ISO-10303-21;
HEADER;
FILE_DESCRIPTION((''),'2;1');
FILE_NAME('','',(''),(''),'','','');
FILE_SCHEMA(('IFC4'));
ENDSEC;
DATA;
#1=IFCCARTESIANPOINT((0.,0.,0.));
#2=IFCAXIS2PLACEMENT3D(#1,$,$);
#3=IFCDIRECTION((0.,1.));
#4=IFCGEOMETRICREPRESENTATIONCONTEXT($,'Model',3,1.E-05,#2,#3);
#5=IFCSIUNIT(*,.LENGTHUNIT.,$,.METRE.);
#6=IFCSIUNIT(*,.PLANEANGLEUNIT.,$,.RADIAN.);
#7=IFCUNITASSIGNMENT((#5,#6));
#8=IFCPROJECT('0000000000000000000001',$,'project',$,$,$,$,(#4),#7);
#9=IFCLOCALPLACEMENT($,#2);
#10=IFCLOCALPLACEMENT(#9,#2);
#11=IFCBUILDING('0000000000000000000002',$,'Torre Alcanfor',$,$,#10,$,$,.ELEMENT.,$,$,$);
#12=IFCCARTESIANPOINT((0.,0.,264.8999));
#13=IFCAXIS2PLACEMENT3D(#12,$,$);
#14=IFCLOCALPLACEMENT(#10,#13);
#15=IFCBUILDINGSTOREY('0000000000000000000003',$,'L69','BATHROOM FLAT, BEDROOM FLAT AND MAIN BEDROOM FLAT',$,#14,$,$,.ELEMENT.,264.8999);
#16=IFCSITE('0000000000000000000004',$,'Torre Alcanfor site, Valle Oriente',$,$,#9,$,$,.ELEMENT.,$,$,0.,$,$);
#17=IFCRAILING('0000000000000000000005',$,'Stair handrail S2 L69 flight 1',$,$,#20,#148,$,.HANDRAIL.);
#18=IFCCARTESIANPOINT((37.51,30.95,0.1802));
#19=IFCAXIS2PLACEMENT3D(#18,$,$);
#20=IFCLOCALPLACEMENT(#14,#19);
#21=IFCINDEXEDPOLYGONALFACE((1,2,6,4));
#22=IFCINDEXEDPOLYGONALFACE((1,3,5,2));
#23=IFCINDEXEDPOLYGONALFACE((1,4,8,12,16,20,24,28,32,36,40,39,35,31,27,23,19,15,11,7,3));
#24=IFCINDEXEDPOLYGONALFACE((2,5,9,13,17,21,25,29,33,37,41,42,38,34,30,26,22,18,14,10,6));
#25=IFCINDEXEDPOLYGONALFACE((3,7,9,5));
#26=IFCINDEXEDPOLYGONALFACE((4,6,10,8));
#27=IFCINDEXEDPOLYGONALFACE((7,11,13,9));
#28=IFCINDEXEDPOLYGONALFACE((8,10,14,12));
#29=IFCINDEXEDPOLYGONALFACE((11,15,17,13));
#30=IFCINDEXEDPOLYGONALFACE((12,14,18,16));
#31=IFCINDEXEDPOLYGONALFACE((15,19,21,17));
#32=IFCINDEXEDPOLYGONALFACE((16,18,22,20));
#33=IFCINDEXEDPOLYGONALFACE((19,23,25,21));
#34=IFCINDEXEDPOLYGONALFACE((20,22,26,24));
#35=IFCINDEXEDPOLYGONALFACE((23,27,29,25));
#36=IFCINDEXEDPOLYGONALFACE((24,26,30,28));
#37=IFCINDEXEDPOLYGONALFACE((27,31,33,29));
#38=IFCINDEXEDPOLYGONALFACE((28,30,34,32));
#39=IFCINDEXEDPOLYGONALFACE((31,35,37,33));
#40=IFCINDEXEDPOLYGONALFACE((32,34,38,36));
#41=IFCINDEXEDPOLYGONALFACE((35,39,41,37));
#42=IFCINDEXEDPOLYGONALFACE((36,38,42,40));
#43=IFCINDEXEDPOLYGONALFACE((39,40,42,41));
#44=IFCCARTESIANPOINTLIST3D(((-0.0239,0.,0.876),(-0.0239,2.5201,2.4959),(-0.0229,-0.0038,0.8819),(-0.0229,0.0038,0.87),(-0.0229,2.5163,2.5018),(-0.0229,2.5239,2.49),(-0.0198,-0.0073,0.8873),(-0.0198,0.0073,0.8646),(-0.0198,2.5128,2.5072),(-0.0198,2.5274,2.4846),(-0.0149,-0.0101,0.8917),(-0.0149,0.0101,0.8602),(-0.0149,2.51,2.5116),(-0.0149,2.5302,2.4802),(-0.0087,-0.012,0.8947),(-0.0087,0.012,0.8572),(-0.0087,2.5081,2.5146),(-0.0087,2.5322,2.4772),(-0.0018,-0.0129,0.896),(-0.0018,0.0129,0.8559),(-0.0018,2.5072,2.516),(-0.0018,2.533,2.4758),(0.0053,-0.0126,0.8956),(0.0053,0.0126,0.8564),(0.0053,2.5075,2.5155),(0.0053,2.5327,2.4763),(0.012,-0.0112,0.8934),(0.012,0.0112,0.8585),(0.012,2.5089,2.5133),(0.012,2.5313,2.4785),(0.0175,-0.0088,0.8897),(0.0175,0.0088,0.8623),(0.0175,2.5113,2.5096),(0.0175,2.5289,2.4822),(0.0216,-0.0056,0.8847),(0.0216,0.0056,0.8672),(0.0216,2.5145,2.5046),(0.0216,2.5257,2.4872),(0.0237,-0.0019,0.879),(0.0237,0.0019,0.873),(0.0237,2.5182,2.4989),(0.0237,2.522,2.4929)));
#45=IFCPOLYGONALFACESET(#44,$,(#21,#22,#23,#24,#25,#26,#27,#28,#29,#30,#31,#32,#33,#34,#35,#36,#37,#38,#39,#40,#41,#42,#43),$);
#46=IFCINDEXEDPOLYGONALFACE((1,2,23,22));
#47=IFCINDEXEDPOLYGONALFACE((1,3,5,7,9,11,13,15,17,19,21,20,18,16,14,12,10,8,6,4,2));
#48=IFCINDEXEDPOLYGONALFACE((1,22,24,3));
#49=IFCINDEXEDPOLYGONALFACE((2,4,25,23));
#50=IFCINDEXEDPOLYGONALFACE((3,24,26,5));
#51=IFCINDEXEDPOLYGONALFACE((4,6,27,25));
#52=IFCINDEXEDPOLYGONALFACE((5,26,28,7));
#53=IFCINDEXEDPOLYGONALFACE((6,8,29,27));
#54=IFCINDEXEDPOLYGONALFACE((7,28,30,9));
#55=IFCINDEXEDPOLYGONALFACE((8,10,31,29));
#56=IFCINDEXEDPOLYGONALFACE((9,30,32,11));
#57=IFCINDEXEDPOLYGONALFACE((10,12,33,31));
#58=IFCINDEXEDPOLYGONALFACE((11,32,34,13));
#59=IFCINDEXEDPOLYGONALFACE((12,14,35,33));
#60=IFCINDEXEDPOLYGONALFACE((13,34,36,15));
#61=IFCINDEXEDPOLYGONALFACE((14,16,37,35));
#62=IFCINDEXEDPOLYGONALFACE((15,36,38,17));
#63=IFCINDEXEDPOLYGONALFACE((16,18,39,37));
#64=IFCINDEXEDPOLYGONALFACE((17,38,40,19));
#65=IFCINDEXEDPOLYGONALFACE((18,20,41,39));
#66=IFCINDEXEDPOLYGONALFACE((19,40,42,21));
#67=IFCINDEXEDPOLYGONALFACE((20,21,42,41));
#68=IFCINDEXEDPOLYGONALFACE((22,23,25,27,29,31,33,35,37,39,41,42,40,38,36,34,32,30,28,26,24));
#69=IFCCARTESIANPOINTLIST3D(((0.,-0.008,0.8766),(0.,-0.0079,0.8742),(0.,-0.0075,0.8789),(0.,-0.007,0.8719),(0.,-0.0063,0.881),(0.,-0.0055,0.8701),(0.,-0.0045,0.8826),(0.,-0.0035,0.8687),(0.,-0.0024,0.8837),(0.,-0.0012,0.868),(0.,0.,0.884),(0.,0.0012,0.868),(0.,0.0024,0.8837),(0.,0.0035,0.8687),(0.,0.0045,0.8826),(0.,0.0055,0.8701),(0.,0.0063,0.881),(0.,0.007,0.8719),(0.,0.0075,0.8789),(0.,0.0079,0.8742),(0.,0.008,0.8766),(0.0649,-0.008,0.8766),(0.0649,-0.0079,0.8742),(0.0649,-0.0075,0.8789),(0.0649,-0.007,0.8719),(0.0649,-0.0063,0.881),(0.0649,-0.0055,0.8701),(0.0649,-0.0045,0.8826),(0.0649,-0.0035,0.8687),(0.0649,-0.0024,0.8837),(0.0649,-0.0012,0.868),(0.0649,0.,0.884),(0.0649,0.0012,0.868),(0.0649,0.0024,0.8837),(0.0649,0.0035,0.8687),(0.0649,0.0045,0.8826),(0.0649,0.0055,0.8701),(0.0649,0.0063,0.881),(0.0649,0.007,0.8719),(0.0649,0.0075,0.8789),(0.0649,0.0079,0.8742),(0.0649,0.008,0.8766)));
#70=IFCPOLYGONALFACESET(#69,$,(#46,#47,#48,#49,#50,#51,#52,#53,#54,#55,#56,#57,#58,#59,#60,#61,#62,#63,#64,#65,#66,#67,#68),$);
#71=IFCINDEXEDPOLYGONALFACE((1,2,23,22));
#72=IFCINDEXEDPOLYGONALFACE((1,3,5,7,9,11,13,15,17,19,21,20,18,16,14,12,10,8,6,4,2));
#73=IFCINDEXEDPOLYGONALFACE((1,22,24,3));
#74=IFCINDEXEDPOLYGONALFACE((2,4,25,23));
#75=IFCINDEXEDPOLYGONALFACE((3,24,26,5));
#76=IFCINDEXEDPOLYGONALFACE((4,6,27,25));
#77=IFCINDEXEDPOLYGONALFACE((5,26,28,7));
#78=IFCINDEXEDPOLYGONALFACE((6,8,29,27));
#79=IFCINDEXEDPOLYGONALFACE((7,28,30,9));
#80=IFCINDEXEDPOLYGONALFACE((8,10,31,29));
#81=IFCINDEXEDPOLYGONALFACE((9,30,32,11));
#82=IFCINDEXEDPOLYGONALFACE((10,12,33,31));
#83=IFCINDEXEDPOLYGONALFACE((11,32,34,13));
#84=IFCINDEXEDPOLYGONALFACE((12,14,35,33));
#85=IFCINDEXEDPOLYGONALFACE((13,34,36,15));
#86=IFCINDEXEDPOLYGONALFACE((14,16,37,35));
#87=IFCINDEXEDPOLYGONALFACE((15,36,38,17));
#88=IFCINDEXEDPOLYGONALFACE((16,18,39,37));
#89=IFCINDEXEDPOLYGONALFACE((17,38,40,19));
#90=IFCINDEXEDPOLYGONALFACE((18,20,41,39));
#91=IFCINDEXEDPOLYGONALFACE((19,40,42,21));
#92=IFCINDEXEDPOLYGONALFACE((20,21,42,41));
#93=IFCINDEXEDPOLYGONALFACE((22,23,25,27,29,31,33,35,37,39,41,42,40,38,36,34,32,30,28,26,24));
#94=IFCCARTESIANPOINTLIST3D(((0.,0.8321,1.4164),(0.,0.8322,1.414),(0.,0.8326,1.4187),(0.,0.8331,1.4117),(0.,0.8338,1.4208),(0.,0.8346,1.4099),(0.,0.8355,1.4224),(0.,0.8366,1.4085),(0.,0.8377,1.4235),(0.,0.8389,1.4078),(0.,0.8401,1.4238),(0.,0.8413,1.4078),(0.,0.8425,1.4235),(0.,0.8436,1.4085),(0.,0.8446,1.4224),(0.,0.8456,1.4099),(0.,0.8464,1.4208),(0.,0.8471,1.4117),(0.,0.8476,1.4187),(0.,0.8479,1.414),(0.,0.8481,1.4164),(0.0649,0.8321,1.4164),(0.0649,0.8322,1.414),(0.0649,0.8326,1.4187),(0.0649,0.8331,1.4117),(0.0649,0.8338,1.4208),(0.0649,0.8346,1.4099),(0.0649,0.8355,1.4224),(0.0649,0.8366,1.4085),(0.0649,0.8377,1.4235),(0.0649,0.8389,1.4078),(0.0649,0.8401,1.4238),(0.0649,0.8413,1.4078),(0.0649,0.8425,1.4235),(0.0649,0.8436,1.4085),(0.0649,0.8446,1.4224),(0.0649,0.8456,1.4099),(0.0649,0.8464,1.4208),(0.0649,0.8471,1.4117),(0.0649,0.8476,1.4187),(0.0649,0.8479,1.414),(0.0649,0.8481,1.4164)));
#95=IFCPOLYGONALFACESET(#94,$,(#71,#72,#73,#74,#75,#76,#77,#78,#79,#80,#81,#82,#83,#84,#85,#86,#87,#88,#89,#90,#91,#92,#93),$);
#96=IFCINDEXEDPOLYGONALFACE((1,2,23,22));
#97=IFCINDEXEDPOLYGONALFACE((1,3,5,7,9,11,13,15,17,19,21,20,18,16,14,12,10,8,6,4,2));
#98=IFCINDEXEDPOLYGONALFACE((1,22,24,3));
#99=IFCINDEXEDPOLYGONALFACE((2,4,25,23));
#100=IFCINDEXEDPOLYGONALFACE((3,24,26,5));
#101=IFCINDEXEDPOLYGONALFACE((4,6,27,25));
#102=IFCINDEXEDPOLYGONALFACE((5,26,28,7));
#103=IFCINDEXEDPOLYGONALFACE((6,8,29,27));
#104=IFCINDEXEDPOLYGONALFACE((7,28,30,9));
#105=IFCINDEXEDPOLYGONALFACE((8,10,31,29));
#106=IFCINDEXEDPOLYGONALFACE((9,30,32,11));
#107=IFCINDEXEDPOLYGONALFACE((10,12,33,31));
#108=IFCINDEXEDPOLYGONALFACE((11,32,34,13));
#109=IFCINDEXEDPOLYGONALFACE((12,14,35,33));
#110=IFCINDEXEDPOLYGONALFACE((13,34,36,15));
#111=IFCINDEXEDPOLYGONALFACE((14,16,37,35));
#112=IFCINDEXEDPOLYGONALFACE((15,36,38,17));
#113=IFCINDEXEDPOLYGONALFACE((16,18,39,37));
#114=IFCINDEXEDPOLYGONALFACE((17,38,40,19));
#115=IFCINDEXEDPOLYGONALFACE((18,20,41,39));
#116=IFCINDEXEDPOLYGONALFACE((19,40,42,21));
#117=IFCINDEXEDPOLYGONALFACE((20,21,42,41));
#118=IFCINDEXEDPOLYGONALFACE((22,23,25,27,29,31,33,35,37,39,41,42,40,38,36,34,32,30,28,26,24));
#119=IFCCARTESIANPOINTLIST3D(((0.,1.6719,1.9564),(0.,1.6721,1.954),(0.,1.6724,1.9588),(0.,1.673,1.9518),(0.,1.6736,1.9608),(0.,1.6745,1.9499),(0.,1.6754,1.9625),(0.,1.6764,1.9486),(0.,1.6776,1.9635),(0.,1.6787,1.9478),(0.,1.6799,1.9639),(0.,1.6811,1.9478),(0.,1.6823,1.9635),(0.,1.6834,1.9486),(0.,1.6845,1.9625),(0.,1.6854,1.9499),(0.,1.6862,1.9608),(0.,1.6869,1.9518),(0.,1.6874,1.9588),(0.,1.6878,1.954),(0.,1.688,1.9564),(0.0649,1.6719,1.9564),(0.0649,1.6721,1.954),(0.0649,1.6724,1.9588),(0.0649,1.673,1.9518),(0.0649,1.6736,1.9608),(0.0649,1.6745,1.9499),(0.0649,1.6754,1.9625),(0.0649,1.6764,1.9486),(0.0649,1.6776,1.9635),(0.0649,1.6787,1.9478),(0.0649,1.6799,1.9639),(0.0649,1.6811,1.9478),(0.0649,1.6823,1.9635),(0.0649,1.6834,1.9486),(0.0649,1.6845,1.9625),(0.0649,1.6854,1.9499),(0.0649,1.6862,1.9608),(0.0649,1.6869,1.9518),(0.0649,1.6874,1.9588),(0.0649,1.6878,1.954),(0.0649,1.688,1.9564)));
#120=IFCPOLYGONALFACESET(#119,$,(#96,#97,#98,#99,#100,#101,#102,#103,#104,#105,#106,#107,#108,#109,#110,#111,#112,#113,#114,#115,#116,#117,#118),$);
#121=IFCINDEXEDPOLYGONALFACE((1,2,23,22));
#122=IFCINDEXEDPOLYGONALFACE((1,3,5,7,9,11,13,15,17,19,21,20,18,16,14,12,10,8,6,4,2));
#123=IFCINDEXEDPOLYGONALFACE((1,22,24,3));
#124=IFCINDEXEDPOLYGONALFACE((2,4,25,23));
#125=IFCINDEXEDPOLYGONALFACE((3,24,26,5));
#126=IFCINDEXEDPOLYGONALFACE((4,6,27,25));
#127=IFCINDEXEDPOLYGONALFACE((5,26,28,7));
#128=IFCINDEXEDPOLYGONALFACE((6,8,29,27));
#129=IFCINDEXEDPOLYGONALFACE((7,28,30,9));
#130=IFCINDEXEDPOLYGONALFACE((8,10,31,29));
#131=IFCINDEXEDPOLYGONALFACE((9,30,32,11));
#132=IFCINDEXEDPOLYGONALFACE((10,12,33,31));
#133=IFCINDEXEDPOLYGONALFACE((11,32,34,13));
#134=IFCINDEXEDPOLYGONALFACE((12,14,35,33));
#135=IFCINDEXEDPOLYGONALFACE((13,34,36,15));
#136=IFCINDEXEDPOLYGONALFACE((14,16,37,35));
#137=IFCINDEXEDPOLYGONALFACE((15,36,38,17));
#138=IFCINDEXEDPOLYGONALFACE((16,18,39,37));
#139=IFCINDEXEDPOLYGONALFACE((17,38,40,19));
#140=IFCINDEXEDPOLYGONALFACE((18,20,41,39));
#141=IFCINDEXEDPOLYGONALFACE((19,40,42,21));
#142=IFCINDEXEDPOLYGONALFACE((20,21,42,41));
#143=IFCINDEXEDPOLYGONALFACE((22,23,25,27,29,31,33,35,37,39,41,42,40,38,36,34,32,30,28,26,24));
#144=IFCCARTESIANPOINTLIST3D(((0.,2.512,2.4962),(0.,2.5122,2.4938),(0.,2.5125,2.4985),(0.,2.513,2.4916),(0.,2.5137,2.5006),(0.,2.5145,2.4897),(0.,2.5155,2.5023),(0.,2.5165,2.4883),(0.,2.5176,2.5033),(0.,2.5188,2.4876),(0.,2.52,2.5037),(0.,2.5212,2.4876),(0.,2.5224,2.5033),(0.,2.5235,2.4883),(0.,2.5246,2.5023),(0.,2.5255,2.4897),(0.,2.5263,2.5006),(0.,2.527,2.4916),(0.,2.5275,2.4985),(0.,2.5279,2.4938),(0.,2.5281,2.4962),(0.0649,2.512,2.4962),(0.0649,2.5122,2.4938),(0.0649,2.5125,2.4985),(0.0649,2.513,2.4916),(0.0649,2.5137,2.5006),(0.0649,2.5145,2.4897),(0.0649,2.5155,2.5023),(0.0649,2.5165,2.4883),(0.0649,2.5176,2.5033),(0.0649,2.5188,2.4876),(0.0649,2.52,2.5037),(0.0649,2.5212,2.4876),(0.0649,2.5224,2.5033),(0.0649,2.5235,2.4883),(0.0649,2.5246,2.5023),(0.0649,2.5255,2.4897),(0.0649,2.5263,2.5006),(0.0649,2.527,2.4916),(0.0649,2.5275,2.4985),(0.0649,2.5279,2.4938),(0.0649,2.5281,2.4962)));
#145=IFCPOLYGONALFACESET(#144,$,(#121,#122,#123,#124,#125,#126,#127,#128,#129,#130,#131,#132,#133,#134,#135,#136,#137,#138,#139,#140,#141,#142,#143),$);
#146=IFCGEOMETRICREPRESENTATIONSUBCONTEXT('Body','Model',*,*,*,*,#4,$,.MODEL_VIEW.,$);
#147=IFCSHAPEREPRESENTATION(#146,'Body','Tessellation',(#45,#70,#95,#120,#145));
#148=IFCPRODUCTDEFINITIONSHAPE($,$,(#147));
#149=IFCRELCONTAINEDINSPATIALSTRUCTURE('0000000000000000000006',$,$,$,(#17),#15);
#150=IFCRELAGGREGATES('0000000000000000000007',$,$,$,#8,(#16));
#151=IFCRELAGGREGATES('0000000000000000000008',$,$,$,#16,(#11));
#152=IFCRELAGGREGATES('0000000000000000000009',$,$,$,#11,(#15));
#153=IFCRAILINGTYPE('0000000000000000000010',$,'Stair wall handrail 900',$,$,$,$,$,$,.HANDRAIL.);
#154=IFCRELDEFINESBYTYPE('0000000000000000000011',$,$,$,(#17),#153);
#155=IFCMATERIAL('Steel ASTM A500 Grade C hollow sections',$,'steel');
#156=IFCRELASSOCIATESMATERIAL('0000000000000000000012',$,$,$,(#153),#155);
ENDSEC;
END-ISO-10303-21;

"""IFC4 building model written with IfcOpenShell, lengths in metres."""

from ifc_helpers import new_model, si_unit, direction, frame, origin, origin_2d, place, context, subcontext, project, spatial, circle, extrude, material, type_object, element, save


model = new_model("IFC4")

# Units and contexts
model_context = context("Model", 3, precision=1e-05, world=origin(), true_north=direction((0.0, 1.0)))
body_context = subcontext(model_context, "Body", "Model", "MODEL_VIEW")
ifc_project = project(units=[si_unit("LENGTHUNIT", "METRE"), si_unit("PLANEANGLEUNIT", "RADIAN")], contexts=[model_context])

# Site, building, storey
site_placement = place(None, origin())
site = spatial("IfcSite", under=ifc_project, at=site_placement, Name="Torre Alcanfor site, Valle Oriente", CompositionType="ELEMENT", RefElevation=0.0)
building_placement = place(site_placement, origin())
building = spatial("IfcBuilding", under=site, at=building_placement, Name="Torre Alcanfor", CompositionType="ELEMENT")
storey_placement = place(building_placement, frame((0.0, 0.0, 264.8999)))
storey = spatial("IfcBuildingStorey", under=building, at=storey_placement, Name="L69", Description="BATHROOM FLAT, BEDROOM FLAT AND MAIN BEDROOM FLAT", CompositionType="ELEMENT", Elevation=264.8999)

# Railing
ifc_material_1 = material(Name="Steel ASTM A500 Grade C hollow sections", Category="steel")
railing_type_1 = type_object("IfcRailingType", Name="Stair wall handrail 900", PredefinedType="HANDRAIL", material=ifc_material_1)
railing_1_placement = place(storey_placement, frame((37.51, 30.95, 0.1802)))
element("IfcRailing", 1, at=railing_1_placement, inside=storey, type_object=railing_type_1, Name="Stair handrail S2 L69 flight 1", PredefinedType="HANDRAIL", context=body_context, shape_type="SweptSolid", body=[
    extrude(circle(Radius=0.0239, at=origin_2d()), frame((0.0, 0.0, 0.876), z_axis=(0.0, 0.8412, 0.540725), x_axis=(-1.0, 0.0, 0.0)), (0.0, 0.0, 1.0), 2.9958),
    extrude(circle(Radius=0.0081, at=origin_2d()), frame((0.0, 0.0, 0.876), z_axis=(1.0, 0.0, 0.0), x_axis=(0.0, 0.0, 1.0)), (0.0, 0.0, 1.0), 0.0649),
    extrude(circle(Radius=0.0081, at=origin_2d()), frame((0.0, 0.8401, 1.4158), z_axis=(1.0, 0.0, 0.0), x_axis=(0.0, 0.0, 1.0)), (0.0, 0.0, 1.0), 0.0649),
    extrude(circle(Radius=0.0081, at=origin_2d()), frame((0.0, 1.6799, 1.9558), z_axis=(1.0, 0.0, 0.0), x_axis=(0.0, 0.0, 1.0)), (0.0, 0.0, 1.0), 0.0649),
    extrude(circle(Radius=0.0081, at=origin_2d()), frame((0.0, 2.52, 2.4956), z_axis=(1.0, 0.0, 0.0), x_axis=(0.0, 0.0, 1.0)), (0.0, 0.0, 1.0), 0.0649),
])

save(model, "model.ifc")
